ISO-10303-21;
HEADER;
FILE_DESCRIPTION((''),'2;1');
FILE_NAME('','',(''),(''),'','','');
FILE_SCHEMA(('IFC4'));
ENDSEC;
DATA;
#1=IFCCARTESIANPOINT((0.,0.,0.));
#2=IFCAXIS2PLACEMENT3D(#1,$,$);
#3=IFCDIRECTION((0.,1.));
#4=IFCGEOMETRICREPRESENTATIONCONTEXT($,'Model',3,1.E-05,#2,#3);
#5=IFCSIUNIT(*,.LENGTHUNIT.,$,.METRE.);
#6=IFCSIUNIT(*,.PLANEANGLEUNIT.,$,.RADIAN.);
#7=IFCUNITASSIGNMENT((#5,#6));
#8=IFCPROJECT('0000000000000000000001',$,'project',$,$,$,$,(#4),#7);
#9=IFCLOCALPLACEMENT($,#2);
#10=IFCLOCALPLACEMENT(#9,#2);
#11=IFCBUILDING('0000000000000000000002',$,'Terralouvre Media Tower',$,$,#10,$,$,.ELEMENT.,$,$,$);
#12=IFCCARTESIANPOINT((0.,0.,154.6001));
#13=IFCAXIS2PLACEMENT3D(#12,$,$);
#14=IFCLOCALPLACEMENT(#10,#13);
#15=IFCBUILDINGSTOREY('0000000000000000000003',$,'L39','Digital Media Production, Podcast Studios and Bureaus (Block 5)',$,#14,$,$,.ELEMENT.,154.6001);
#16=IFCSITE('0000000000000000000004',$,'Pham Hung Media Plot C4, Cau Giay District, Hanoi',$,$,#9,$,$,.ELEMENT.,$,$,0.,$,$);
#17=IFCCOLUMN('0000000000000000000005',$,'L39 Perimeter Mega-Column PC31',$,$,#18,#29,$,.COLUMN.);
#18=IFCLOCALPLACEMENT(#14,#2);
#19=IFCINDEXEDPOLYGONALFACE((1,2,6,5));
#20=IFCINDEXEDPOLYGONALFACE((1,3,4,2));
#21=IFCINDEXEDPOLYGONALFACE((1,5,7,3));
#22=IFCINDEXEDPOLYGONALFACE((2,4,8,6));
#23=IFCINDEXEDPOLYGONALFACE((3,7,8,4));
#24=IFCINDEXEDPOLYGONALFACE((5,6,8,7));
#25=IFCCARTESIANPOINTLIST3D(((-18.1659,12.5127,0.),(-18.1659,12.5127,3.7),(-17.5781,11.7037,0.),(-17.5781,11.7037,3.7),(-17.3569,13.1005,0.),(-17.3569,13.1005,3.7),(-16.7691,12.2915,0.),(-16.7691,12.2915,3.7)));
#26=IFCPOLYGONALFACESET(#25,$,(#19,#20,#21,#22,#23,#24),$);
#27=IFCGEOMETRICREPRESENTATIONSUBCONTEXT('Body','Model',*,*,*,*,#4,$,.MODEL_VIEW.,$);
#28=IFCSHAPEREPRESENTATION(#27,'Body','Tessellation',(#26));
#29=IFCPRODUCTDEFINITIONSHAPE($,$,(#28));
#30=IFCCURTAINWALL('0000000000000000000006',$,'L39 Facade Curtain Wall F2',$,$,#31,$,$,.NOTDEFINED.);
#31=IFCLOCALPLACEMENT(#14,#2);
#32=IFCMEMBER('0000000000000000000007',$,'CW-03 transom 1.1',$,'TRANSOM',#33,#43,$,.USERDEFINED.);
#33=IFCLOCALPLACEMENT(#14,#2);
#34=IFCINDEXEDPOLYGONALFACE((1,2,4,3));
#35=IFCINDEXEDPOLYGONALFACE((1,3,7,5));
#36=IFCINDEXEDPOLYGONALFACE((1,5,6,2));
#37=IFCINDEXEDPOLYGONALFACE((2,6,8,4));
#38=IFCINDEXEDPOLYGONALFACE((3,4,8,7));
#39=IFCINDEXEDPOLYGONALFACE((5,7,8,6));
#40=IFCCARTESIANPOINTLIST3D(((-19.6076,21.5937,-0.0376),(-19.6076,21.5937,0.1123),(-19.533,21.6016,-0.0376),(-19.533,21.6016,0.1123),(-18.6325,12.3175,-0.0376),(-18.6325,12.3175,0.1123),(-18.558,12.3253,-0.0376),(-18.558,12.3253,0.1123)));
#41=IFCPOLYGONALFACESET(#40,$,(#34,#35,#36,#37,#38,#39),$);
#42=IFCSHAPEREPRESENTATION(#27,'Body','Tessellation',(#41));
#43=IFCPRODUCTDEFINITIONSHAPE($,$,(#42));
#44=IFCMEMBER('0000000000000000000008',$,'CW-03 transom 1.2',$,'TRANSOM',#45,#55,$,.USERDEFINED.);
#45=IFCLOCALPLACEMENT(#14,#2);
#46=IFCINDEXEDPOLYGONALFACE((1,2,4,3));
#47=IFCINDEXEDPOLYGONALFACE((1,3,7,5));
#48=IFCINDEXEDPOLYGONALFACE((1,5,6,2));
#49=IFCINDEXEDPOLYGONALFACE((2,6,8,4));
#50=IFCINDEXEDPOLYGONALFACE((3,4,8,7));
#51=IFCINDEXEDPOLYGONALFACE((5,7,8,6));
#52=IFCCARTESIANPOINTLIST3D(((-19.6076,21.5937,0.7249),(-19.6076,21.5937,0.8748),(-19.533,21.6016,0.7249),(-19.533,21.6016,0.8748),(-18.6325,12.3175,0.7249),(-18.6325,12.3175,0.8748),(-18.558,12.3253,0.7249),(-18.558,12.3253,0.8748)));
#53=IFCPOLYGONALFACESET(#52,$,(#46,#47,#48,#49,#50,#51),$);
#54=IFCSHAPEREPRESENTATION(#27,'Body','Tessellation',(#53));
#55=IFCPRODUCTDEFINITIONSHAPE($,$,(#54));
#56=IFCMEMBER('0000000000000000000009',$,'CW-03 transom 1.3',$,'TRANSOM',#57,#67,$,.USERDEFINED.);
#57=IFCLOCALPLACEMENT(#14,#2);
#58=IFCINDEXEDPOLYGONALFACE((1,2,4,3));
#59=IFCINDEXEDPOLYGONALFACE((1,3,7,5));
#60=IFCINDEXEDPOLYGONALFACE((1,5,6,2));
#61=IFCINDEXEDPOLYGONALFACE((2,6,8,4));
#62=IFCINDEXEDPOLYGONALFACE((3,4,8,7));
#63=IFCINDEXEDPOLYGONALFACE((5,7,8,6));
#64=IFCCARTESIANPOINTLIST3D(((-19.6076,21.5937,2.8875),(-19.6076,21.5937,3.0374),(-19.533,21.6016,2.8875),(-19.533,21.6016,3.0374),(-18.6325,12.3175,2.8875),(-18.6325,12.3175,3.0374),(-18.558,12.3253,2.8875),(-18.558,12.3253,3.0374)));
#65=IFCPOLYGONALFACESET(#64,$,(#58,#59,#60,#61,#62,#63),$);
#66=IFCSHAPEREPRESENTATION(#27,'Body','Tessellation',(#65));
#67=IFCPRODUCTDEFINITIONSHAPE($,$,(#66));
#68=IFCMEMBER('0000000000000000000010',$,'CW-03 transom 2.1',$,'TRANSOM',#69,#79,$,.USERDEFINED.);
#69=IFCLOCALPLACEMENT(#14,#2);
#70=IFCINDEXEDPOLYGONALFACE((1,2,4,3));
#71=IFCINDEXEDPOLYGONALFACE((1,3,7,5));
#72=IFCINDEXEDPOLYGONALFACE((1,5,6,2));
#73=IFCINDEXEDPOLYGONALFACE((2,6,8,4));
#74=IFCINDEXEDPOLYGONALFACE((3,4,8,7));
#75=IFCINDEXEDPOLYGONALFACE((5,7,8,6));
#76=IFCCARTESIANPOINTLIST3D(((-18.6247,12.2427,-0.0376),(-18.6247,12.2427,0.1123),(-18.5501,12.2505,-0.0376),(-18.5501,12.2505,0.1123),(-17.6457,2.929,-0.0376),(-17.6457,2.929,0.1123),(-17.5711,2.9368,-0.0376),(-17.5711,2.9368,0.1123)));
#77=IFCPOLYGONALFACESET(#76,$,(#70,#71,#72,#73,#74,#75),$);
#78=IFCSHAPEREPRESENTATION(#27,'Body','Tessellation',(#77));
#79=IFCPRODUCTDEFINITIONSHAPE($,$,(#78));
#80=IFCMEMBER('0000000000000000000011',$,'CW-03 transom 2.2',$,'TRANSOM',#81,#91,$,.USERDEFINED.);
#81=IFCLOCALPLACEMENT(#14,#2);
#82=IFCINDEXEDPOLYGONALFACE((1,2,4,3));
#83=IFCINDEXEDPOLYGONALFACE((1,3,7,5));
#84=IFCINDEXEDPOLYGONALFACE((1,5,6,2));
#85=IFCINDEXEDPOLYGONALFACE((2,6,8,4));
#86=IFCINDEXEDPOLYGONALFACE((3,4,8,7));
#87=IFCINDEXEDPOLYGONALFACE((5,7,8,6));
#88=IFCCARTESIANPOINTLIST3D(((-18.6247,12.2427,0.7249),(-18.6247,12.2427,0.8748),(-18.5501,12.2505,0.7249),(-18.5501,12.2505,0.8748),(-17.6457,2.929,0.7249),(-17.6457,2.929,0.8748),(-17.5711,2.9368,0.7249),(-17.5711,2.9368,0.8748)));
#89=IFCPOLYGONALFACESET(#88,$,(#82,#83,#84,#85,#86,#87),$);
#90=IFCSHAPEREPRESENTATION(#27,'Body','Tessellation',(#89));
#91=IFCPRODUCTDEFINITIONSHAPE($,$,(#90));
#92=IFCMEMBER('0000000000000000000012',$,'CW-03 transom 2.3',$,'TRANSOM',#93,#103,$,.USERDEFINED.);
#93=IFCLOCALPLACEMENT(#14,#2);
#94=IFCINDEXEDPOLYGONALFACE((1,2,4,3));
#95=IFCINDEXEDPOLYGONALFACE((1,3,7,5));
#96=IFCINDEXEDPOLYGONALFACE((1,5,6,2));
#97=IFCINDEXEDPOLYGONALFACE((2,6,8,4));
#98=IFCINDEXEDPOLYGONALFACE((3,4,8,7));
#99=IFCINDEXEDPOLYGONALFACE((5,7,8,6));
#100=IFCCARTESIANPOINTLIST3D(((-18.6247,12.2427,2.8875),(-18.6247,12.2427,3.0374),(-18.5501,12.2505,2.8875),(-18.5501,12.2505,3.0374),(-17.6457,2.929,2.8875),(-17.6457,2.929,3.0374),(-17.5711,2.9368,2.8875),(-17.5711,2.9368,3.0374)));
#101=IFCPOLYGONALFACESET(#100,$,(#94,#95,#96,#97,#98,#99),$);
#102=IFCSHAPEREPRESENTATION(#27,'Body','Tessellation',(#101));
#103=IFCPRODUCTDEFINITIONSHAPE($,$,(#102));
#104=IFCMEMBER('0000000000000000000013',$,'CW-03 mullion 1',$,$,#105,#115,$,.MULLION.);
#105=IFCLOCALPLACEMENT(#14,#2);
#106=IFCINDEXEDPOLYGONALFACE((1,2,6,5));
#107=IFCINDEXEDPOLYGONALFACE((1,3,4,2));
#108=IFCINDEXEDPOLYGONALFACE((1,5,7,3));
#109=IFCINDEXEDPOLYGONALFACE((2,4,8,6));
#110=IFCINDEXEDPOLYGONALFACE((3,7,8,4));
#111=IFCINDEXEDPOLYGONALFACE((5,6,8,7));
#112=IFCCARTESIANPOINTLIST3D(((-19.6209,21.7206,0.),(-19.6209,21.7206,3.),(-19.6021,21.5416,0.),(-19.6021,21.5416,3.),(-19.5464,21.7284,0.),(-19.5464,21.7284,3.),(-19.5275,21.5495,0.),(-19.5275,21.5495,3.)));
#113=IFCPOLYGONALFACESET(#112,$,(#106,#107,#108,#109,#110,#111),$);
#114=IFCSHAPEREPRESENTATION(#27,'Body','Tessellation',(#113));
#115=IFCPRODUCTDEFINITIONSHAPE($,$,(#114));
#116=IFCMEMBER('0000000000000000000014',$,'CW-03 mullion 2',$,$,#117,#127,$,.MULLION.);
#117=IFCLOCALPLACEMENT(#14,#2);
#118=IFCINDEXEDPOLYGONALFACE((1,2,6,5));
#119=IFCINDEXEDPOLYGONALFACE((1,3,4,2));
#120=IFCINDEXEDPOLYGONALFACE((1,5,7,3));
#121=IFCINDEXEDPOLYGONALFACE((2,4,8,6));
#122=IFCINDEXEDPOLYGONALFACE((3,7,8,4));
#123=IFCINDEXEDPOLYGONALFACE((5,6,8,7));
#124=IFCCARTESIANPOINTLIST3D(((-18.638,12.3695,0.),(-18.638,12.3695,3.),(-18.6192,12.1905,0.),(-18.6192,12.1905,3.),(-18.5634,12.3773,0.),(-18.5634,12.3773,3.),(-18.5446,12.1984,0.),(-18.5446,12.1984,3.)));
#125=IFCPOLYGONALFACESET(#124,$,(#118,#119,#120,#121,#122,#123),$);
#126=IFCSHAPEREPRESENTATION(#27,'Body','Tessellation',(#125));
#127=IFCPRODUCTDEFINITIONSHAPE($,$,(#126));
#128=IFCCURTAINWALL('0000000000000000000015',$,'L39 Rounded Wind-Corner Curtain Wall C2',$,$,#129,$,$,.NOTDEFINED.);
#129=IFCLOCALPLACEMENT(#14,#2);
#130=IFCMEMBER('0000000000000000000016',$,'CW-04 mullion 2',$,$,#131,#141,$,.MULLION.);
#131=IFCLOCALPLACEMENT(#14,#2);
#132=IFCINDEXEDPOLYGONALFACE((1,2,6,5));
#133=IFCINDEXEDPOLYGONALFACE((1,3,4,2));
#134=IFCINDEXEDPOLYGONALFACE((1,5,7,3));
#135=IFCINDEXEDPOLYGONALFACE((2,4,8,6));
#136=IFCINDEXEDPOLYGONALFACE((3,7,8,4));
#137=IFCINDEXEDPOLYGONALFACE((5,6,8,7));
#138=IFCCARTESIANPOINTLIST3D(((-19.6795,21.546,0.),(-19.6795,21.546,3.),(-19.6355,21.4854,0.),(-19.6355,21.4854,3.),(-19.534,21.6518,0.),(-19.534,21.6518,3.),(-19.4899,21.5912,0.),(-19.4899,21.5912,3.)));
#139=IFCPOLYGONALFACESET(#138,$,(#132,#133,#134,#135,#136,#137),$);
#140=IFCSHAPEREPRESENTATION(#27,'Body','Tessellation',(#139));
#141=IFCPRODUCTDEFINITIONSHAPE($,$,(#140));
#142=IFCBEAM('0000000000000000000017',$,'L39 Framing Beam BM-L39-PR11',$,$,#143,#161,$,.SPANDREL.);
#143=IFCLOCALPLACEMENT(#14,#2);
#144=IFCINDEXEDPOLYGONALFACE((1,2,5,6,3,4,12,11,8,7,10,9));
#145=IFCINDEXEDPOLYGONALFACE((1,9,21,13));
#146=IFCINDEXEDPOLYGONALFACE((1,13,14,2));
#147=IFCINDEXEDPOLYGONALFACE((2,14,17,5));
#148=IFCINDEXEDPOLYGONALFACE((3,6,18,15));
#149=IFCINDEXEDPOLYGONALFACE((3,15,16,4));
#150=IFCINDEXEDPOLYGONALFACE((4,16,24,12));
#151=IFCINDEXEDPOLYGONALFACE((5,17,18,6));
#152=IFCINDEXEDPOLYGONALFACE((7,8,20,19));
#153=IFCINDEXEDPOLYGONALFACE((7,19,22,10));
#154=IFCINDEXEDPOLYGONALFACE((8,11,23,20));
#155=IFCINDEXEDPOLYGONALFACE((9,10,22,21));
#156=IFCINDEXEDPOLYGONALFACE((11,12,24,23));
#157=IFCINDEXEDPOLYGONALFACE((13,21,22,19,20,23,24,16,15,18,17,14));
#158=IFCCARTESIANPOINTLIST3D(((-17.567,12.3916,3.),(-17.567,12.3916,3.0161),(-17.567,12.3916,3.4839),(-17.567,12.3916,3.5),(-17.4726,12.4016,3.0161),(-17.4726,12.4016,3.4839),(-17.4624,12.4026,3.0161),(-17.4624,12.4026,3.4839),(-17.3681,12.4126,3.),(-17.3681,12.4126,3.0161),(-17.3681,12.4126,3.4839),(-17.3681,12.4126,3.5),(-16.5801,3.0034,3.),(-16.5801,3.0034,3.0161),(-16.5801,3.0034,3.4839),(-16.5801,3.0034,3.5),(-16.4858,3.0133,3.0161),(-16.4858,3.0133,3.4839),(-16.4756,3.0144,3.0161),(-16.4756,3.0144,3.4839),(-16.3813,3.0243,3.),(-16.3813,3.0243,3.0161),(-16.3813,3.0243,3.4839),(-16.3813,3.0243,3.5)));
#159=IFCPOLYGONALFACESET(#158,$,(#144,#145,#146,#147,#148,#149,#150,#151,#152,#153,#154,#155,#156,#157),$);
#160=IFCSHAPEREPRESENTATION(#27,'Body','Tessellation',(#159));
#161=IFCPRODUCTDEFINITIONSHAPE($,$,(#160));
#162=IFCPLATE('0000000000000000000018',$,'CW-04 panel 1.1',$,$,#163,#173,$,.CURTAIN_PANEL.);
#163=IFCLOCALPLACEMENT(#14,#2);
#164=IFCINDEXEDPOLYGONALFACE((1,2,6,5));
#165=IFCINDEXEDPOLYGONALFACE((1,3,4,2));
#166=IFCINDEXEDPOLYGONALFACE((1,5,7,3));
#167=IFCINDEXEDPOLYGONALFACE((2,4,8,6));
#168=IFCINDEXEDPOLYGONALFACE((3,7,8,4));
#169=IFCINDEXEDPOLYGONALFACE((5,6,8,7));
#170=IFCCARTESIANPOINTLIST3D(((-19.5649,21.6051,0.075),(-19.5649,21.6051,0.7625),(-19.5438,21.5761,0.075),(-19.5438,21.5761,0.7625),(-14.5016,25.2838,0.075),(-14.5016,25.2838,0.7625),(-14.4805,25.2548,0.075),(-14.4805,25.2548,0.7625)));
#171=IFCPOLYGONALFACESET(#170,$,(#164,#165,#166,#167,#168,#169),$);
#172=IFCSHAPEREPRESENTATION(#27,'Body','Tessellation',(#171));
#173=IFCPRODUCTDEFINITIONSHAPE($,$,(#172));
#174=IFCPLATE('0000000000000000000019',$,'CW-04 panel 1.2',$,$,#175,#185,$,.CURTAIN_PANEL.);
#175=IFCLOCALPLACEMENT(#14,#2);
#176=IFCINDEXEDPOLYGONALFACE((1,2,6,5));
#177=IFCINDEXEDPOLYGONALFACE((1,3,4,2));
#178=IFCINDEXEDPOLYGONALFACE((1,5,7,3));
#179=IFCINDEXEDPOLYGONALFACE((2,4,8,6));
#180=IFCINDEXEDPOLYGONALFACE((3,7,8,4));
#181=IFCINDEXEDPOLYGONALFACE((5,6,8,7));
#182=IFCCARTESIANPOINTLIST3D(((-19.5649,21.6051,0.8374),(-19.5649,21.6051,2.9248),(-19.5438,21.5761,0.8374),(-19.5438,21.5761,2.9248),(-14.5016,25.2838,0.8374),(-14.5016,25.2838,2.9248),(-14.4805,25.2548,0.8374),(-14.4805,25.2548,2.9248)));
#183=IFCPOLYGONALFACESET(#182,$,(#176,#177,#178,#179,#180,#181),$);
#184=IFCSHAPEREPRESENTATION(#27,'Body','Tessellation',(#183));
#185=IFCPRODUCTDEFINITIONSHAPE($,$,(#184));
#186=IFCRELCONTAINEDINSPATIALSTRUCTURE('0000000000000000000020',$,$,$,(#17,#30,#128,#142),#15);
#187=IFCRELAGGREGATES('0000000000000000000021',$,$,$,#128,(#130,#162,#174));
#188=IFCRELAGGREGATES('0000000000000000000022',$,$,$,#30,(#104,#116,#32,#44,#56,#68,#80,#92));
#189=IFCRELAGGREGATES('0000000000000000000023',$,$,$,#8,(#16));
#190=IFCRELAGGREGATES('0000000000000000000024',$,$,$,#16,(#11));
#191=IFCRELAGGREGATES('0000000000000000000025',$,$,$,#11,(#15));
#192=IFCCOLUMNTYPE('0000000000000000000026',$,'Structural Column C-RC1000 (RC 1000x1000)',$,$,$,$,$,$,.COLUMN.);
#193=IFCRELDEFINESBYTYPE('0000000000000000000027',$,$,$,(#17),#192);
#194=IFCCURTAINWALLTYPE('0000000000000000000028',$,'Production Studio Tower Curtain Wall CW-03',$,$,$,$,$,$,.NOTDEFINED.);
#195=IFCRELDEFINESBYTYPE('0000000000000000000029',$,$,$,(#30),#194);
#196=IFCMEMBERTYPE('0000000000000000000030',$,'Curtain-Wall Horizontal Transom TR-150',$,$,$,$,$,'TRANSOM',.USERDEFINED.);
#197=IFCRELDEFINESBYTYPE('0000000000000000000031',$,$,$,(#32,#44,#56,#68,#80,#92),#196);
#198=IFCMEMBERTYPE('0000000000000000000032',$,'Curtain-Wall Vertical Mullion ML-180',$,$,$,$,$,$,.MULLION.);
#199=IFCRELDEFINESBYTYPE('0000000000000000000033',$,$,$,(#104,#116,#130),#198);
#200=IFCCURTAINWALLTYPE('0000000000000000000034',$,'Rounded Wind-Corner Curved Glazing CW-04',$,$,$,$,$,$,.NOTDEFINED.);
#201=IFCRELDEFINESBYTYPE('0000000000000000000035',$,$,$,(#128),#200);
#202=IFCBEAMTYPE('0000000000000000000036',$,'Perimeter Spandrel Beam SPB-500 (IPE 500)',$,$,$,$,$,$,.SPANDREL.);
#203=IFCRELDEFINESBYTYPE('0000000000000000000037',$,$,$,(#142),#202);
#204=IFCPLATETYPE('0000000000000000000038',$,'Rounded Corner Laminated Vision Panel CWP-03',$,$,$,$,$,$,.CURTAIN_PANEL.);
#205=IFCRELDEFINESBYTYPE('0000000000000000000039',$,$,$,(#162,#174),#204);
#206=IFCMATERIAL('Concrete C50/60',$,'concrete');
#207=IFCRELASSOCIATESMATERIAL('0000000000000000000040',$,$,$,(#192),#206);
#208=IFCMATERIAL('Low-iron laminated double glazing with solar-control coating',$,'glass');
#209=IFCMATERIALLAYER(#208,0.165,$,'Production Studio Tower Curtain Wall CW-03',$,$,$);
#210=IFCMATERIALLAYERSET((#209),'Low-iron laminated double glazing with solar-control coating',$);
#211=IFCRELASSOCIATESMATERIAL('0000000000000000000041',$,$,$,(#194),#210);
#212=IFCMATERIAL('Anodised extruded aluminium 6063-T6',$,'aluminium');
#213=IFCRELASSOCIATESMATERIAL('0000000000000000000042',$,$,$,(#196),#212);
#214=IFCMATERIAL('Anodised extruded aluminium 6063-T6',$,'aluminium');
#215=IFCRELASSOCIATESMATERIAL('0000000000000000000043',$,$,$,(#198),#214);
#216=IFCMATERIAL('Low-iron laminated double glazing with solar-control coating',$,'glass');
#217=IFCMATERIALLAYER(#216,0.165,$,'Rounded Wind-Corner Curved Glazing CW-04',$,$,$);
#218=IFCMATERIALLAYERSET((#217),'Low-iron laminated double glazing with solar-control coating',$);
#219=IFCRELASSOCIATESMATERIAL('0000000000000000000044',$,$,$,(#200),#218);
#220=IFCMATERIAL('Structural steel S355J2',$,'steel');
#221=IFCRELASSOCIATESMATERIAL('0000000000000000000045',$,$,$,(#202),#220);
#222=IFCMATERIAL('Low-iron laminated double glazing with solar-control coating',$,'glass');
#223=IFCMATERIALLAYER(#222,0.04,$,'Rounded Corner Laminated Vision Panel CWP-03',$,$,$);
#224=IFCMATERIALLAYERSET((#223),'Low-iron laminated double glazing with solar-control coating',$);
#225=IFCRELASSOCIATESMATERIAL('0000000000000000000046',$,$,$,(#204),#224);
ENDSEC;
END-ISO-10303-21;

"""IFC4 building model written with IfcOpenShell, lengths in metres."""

from ifc_helpers import new_model, si_unit, direction, frame, origin, origin_2d, place, context, subcontext, project, spatial, rectangle, i_section, extrude, material, layer, layer_set, material_profile, profile_set, type_object, element, aggregate, save


model = new_model("IFC4")

# Units and contexts
model_context = context("Model", 3, precision=1e-05, world=origin(), true_north=direction((0.0, 1.0)))
body_context = subcontext(model_context, "Body", "Model", "MODEL_VIEW")
ifc_project = project(units=[si_unit("LENGTHUNIT", "METRE"), si_unit("PLANEANGLEUNIT", "RADIAN")], contexts=[model_context])

# Site, building, storey
site_placement = place(None, origin())
site = spatial("IfcSite", under=ifc_project, at=site_placement, Name="Pham Hung Media Plot C4, Cau Giay District, Hanoi", CompositionType="ELEMENT", RefElevation=0.0)
building_placement = place(site_placement, origin())
building = spatial("IfcBuilding", under=site, at=building_placement, Name="Terralouvre Media Tower", CompositionType="ELEMENT")
storey_placement = place(building_placement, frame((0.0, 0.0, 154.6001)))
storey = spatial("IfcBuildingStorey", under=building, at=storey_placement, Name="L39", Description="Digital Media Production, Podcast Studios and Bureaus (Block 5)", CompositionType="ELEMENT", Elevation=154.6001)

# Column
ifc_material_1 = material(Name="Concrete C50/60", Category="concrete")
ifc_material_profile_1 = material_profile(ifc_material_1, rectangle(XDim=1.0, YDim=1.0, at=origin_2d()), Name="RC 1000x1000")
ifc_profile_set_1 = profile_set([ifc_material_profile_1], Name="Concrete C50/60")
column_type = type_object("IfcColumnType", Name="Structural Column C-RC1000 (RC 1000x1000)", PredefinedType="COLUMN", material=ifc_profile_set_1)
column_placement = place(storey_placement, frame((-17.4675, 12.4021, 0.0), z_axis=(0.0, 0.0, 1.0), x_axis=(0.809017, 0.587785, 0.0)))
element("IfcColumn", 1, at=column_placement, inside=storey, type_object=column_type, Name="L39 Perimeter Mega-Column PC31", PredefinedType="COLUMN", context=body_context, shape_type="SweptSolid", body=[
    extrude(rectangle(XDim=1.0, YDim=1.0, at=origin_2d()), origin(), (0.0, 0.0, 1.0), 3.7),
])

# Curtain wall, members
ifc_material_2 = material(Name="Low-iron laminated double glazing with solar-control coating", Category="glass")
ifc_layer_1 = layer(ifc_material_2, 0.165, Name="Production Studio Tower Curtain Wall CW-03")
ifc_layer_set_1 = layer_set([ifc_layer_1], Name="Low-iron laminated double glazing with solar-control coating")
curtain_wall_type_1 = type_object("IfcCurtainWallType", Name="Production Studio Tower Curtain Wall CW-03", PredefinedType="NOTDEFINED", material=ifc_layer_set_1)
curtain_wall_1_placement = place(storey_placement, origin())
curtain_wall_1 = element("IfcCurtainWall", 2, at=curtain_wall_1_placement, inside=storey, type_object=curtain_wall_type_1, Name="L39 Facade Curtain Wall F2", PredefinedType="NOTDEFINED")
ifc_material_3 = material(Name="Anodised extruded aluminium 6063-T6", Category="aluminium")
ifc_material_profile_2 = material_profile(ifc_material_3, rectangle(XDim=0.075, YDim=0.1499, at=origin_2d()), Name="ALU 75x150")
ifc_profile_set_2 = profile_set([ifc_material_profile_2], Name="Anodised extruded aluminium 6063-T6")
member_type_1 = type_object("IfcMemberType", Name="Curtain-Wall Horizontal Transom TR-150", ElementType="TRANSOM", PredefinedType="USERDEFINED", material=ifc_profile_set_2)
member_1_placement = place(storey_placement, frame((-19.5703, 21.5977, 0.0374), z_axis=(0.10454, -0.994521, 0.0), x_axis=(0.994521, 0.10454, 0.0)))
member_1 = element("IfcMember", 3, at=member_1_placement, type_object=member_type_1, Name="CW-03 transom 1.1", ObjectType="TRANSOM", PredefinedType="USERDEFINED", context=body_context, shape_type="SweptSolid", body=[
    extrude(rectangle(XDim=0.075, YDim=0.1499, at=origin_2d()), origin(), (0.0, 0.0, 1.0), 9.3274),
])
member_2_placement = place(storey_placement, frame((-19.5703, 21.5977, 0.7998), z_axis=(0.10454, -0.994521, 0.0), x_axis=(0.994521, 0.10454, 0.0)))
member_2 = element("IfcMember", 4, at=member_2_placement, type_object=member_type_1, Name="CW-03 transom 1.2", ObjectType="TRANSOM", PredefinedType="USERDEFINED", context=body_context, shape_type="SweptSolid", body=[
    extrude(rectangle(XDim=0.075, YDim=0.1499, at=origin_2d()), origin(), (0.0, 0.0, 1.0), 9.3274),
])
member_3_placement = place(storey_placement, frame((-19.5703, 21.5977, 2.9624), z_axis=(0.10454, -0.994521, 0.0), x_axis=(0.994521, 0.10454, 0.0)))
member_3 = element("IfcMember", 5, at=member_3_placement, type_object=member_type_1, Name="CW-03 transom 1.3", ObjectType="TRANSOM", PredefinedType="USERDEFINED", context=body_context, shape_type="SweptSolid", body=[
    extrude(rectangle(XDim=0.075, YDim=0.1499, at=origin_2d()), origin(), (0.0, 0.0, 1.0), 9.3274),
])
member_4_placement = place(storey_placement, frame((-18.5874, 12.2466, 0.0374), z_axis=(0.104538, -0.994521, 0.0), x_axis=(0.994521, 0.104538, 0.0)))
member_4 = element("IfcMember", 6, at=member_4_placement, type_object=member_type_1, Name="CW-03 transom 2.1", ObjectType="TRANSOM", PredefinedType="USERDEFINED", context=body_context, shape_type="SweptSolid", body=[
    extrude(rectangle(XDim=0.075, YDim=0.1499, at=origin_2d()), origin(), (0.0, 0.0, 1.0), 9.365),
])
member_5_placement = place(storey_placement, frame((-18.5874, 12.2466, 0.7998), z_axis=(0.104538, -0.994521, 0.0), x_axis=(0.994521, 0.104538, 0.0)))
member_5 = element("IfcMember", 7, at=member_5_placement, type_object=member_type_1, Name="CW-03 transom 2.2", ObjectType="TRANSOM", PredefinedType="USERDEFINED", context=body_context, shape_type="SweptSolid", body=[
    extrude(rectangle(XDim=0.075, YDim=0.1499, at=origin_2d()), origin(), (0.0, 0.0, 1.0), 9.365),
])
member_6_placement = place(storey_placement, frame((-18.5874, 12.2466, 2.9624), z_axis=(0.104538, -0.994521, 0.0), x_axis=(0.994521, 0.104538, 0.0)))
member_6 = element("IfcMember", 8, at=member_6_placement, type_object=member_type_1, Name="CW-03 transom 2.3", ObjectType="TRANSOM", PredefinedType="USERDEFINED", context=body_context, shape_type="SweptSolid", body=[
    extrude(rectangle(XDim=0.075, YDim=0.1499, at=origin_2d()), origin(), (0.0, 0.0, 1.0), 9.365),
])
ifc_material_4 = material(Name="Anodised extruded aluminium 6063-T6", Category="aluminium")
ifc_material_profile_3 = material_profile(ifc_material_4, rectangle(XDim=0.075, YDim=0.1799, at=origin_2d()), Name="ALU 75x180")
ifc_profile_set_3 = profile_set([ifc_material_profile_3], Name="Anodised extruded aluminium 6063-T6")
member_type_2 = type_object("IfcMemberType", Name="Curtain-Wall Vertical Mullion ML-180", PredefinedType="MULLION", material=ifc_profile_set_3)
member_7_placement = place(storey_placement, frame((-19.5742, 21.635, 0.0), z_axis=(0.0, 0.0, 1.0), x_axis=(0.994522, 0.104528, 0.0)))
member_7 = element("IfcMember", 9, at=member_7_placement, type_object=member_type_2, Name="CW-03 mullion 1", PredefinedType="MULLION", context=body_context, shape_type="SweptSolid", body=[
    extrude(rectangle(XDim=0.075, YDim=0.1799, at=origin_2d()), origin(), (0.0, 0.0, 1.0), 3.0),
])
member_8_placement = place(storey_placement, frame((-18.5913, 12.2839, 0.0), z_axis=(0.0, 0.0, 1.0), x_axis=(0.994522, 0.104528, 0.0)))
member_8 = element("IfcMember", 10, at=member_8_placement, type_object=member_type_2, Name="CW-03 mullion 2", PredefinedType="MULLION", context=body_context, shape_type="SweptSolid", body=[
    extrude(rectangle(XDim=0.075, YDim=0.1799, at=origin_2d()), origin(), (0.0, 0.0, 1.0), 3.0),
])

# Curtain wall, member
ifc_material_5 = material(Name="Low-iron laminated double glazing with solar-control coating", Category="glass")
ifc_layer_2 = layer(ifc_material_5, 0.165, Name="Rounded Wind-Corner Curved Glazing CW-04")
ifc_layer_set_2 = layer_set([ifc_layer_2], Name="Low-iron laminated double glazing with solar-control coating")
curtain_wall_type_2 = type_object("IfcCurtainWallType", Name="Rounded Wind-Corner Curved Glazing CW-04", PredefinedType="NOTDEFINED", material=ifc_layer_set_2)
curtain_wall_2_placement = place(storey_placement, origin())
curtain_wall_2 = element("IfcCurtainWall", 11, at=curtain_wall_2_placement, inside=storey, type_object=curtain_wall_type_2, Name="L39 Rounded Wind-Corner Curtain Wall C2", PredefinedType="NOTDEFINED")
member_9_placement = place(storey_placement, frame((-19.5847, 21.5686, 0.0), z_axis=(0.0, 0.0, 1.0), x_axis=(0.587785, -0.809017, 0.0)))
member_9 = element("IfcMember", 12, at=member_9_placement, type_object=member_type_2, Name="CW-04 mullion 2", PredefinedType="MULLION", context=body_context, shape_type="SweptSolid", body=[
    extrude(rectangle(XDim=0.075, YDim=0.1799, at=origin_2d()), origin(), (0.0, 0.0, 1.0), 3.0),
])

# Beam
ifc_material_6 = material(Name="Structural steel S355J2", Category="steel")
ifc_material_profile_4 = material_profile(ifc_material_6, i_section(OverallWidth=0.2, OverallDepth=0.5, WebThickness=0.0103, FlangeThickness=0.0161, at=origin_2d()), Name="IPE 500")
ifc_profile_set_4 = profile_set([ifc_material_profile_4], Name="Structural steel S355J2")
beam_type = type_object("IfcBeamType", Name="Perimeter Spandrel Beam SPB-500 (IPE 500)", PredefinedType="SPANDREL", material=ifc_profile_set_4)
beam_placement = place(storey_placement, frame((-17.4675, 12.4021, 3.25), z_axis=(0.104537, -0.994521, 0.0), x_axis=(0.994521, 0.104537, 0.0)))
element("IfcBeam", 13, at=beam_placement, inside=storey, type_object=beam_type, Name="L39 Framing Beam BM-L39-PR11", PredefinedType="SPANDREL", context=body_context, shape_type="SweptSolid", body=[
    extrude(i_section(OverallWidth=0.2, OverallDepth=0.5, WebThickness=0.0103, FlangeThickness=0.0161, at=origin_2d()), origin(), (0.0, 0.0, 1.0), 9.4399),
])

# Plates
ifc_material_7 = material(Name="Low-iron laminated double glazing with solar-control coating", Category="glass")
ifc_layer_3 = layer(ifc_material_7, 0.04, Name="Rounded Corner Laminated Vision Panel CWP-03")
ifc_layer_set_3 = layer_set([ifc_layer_3], Name="Low-iron laminated double glazing with solar-control coating")
plate_type_1 = type_object("IfcPlateType", Name="Rounded Corner Laminated Vision Panel CWP-03", PredefinedType="CURTAIN_PANEL", material=ifc_layer_set_3)
plate_1_placement = place(storey_placement, frame((-17.0227, 23.4299, 0.075), z_axis=(0.0, 0.0, 1.0), x_axis=(-0.809017, -0.587785, 0.0)))
plate_1 = element("IfcPlate", 14, at=plate_1_placement, type_object=plate_type_1, Name="CW-04 panel 1.1", PredefinedType="CURTAIN_PANEL", context=body_context, shape_type="SweptSolid", body=[
    extrude(rectangle(XDim=6.2585, YDim=0.0359, at=origin_2d()), origin(), (0.0, 0.0, 1.0), 0.6875),
])
plate_2_placement = place(storey_placement, frame((-17.0227, 23.4299, 0.8374), z_axis=(0.0, 0.0, 1.0), x_axis=(-0.809017, -0.587785, 0.0)))
plate_2 = element("IfcPlate", 15, at=plate_2_placement, type_object=plate_type_1, Name="CW-04 panel 1.2", PredefinedType="CURTAIN_PANEL", context=body_context, shape_type="SweptSolid", body=[
    extrude(rectangle(XDim=6.2585, YDim=0.0359, at=origin_2d()), origin(), (0.0, 0.0, 1.0), 2.0874),
])
aggregate(curtain_wall_2, [member_9, plate_1, plate_2])
aggregate(curtain_wall_1, [member_7, member_8, member_1, member_2, member_3, member_4, member_5, member_6])

save(model, "model.ifc")
